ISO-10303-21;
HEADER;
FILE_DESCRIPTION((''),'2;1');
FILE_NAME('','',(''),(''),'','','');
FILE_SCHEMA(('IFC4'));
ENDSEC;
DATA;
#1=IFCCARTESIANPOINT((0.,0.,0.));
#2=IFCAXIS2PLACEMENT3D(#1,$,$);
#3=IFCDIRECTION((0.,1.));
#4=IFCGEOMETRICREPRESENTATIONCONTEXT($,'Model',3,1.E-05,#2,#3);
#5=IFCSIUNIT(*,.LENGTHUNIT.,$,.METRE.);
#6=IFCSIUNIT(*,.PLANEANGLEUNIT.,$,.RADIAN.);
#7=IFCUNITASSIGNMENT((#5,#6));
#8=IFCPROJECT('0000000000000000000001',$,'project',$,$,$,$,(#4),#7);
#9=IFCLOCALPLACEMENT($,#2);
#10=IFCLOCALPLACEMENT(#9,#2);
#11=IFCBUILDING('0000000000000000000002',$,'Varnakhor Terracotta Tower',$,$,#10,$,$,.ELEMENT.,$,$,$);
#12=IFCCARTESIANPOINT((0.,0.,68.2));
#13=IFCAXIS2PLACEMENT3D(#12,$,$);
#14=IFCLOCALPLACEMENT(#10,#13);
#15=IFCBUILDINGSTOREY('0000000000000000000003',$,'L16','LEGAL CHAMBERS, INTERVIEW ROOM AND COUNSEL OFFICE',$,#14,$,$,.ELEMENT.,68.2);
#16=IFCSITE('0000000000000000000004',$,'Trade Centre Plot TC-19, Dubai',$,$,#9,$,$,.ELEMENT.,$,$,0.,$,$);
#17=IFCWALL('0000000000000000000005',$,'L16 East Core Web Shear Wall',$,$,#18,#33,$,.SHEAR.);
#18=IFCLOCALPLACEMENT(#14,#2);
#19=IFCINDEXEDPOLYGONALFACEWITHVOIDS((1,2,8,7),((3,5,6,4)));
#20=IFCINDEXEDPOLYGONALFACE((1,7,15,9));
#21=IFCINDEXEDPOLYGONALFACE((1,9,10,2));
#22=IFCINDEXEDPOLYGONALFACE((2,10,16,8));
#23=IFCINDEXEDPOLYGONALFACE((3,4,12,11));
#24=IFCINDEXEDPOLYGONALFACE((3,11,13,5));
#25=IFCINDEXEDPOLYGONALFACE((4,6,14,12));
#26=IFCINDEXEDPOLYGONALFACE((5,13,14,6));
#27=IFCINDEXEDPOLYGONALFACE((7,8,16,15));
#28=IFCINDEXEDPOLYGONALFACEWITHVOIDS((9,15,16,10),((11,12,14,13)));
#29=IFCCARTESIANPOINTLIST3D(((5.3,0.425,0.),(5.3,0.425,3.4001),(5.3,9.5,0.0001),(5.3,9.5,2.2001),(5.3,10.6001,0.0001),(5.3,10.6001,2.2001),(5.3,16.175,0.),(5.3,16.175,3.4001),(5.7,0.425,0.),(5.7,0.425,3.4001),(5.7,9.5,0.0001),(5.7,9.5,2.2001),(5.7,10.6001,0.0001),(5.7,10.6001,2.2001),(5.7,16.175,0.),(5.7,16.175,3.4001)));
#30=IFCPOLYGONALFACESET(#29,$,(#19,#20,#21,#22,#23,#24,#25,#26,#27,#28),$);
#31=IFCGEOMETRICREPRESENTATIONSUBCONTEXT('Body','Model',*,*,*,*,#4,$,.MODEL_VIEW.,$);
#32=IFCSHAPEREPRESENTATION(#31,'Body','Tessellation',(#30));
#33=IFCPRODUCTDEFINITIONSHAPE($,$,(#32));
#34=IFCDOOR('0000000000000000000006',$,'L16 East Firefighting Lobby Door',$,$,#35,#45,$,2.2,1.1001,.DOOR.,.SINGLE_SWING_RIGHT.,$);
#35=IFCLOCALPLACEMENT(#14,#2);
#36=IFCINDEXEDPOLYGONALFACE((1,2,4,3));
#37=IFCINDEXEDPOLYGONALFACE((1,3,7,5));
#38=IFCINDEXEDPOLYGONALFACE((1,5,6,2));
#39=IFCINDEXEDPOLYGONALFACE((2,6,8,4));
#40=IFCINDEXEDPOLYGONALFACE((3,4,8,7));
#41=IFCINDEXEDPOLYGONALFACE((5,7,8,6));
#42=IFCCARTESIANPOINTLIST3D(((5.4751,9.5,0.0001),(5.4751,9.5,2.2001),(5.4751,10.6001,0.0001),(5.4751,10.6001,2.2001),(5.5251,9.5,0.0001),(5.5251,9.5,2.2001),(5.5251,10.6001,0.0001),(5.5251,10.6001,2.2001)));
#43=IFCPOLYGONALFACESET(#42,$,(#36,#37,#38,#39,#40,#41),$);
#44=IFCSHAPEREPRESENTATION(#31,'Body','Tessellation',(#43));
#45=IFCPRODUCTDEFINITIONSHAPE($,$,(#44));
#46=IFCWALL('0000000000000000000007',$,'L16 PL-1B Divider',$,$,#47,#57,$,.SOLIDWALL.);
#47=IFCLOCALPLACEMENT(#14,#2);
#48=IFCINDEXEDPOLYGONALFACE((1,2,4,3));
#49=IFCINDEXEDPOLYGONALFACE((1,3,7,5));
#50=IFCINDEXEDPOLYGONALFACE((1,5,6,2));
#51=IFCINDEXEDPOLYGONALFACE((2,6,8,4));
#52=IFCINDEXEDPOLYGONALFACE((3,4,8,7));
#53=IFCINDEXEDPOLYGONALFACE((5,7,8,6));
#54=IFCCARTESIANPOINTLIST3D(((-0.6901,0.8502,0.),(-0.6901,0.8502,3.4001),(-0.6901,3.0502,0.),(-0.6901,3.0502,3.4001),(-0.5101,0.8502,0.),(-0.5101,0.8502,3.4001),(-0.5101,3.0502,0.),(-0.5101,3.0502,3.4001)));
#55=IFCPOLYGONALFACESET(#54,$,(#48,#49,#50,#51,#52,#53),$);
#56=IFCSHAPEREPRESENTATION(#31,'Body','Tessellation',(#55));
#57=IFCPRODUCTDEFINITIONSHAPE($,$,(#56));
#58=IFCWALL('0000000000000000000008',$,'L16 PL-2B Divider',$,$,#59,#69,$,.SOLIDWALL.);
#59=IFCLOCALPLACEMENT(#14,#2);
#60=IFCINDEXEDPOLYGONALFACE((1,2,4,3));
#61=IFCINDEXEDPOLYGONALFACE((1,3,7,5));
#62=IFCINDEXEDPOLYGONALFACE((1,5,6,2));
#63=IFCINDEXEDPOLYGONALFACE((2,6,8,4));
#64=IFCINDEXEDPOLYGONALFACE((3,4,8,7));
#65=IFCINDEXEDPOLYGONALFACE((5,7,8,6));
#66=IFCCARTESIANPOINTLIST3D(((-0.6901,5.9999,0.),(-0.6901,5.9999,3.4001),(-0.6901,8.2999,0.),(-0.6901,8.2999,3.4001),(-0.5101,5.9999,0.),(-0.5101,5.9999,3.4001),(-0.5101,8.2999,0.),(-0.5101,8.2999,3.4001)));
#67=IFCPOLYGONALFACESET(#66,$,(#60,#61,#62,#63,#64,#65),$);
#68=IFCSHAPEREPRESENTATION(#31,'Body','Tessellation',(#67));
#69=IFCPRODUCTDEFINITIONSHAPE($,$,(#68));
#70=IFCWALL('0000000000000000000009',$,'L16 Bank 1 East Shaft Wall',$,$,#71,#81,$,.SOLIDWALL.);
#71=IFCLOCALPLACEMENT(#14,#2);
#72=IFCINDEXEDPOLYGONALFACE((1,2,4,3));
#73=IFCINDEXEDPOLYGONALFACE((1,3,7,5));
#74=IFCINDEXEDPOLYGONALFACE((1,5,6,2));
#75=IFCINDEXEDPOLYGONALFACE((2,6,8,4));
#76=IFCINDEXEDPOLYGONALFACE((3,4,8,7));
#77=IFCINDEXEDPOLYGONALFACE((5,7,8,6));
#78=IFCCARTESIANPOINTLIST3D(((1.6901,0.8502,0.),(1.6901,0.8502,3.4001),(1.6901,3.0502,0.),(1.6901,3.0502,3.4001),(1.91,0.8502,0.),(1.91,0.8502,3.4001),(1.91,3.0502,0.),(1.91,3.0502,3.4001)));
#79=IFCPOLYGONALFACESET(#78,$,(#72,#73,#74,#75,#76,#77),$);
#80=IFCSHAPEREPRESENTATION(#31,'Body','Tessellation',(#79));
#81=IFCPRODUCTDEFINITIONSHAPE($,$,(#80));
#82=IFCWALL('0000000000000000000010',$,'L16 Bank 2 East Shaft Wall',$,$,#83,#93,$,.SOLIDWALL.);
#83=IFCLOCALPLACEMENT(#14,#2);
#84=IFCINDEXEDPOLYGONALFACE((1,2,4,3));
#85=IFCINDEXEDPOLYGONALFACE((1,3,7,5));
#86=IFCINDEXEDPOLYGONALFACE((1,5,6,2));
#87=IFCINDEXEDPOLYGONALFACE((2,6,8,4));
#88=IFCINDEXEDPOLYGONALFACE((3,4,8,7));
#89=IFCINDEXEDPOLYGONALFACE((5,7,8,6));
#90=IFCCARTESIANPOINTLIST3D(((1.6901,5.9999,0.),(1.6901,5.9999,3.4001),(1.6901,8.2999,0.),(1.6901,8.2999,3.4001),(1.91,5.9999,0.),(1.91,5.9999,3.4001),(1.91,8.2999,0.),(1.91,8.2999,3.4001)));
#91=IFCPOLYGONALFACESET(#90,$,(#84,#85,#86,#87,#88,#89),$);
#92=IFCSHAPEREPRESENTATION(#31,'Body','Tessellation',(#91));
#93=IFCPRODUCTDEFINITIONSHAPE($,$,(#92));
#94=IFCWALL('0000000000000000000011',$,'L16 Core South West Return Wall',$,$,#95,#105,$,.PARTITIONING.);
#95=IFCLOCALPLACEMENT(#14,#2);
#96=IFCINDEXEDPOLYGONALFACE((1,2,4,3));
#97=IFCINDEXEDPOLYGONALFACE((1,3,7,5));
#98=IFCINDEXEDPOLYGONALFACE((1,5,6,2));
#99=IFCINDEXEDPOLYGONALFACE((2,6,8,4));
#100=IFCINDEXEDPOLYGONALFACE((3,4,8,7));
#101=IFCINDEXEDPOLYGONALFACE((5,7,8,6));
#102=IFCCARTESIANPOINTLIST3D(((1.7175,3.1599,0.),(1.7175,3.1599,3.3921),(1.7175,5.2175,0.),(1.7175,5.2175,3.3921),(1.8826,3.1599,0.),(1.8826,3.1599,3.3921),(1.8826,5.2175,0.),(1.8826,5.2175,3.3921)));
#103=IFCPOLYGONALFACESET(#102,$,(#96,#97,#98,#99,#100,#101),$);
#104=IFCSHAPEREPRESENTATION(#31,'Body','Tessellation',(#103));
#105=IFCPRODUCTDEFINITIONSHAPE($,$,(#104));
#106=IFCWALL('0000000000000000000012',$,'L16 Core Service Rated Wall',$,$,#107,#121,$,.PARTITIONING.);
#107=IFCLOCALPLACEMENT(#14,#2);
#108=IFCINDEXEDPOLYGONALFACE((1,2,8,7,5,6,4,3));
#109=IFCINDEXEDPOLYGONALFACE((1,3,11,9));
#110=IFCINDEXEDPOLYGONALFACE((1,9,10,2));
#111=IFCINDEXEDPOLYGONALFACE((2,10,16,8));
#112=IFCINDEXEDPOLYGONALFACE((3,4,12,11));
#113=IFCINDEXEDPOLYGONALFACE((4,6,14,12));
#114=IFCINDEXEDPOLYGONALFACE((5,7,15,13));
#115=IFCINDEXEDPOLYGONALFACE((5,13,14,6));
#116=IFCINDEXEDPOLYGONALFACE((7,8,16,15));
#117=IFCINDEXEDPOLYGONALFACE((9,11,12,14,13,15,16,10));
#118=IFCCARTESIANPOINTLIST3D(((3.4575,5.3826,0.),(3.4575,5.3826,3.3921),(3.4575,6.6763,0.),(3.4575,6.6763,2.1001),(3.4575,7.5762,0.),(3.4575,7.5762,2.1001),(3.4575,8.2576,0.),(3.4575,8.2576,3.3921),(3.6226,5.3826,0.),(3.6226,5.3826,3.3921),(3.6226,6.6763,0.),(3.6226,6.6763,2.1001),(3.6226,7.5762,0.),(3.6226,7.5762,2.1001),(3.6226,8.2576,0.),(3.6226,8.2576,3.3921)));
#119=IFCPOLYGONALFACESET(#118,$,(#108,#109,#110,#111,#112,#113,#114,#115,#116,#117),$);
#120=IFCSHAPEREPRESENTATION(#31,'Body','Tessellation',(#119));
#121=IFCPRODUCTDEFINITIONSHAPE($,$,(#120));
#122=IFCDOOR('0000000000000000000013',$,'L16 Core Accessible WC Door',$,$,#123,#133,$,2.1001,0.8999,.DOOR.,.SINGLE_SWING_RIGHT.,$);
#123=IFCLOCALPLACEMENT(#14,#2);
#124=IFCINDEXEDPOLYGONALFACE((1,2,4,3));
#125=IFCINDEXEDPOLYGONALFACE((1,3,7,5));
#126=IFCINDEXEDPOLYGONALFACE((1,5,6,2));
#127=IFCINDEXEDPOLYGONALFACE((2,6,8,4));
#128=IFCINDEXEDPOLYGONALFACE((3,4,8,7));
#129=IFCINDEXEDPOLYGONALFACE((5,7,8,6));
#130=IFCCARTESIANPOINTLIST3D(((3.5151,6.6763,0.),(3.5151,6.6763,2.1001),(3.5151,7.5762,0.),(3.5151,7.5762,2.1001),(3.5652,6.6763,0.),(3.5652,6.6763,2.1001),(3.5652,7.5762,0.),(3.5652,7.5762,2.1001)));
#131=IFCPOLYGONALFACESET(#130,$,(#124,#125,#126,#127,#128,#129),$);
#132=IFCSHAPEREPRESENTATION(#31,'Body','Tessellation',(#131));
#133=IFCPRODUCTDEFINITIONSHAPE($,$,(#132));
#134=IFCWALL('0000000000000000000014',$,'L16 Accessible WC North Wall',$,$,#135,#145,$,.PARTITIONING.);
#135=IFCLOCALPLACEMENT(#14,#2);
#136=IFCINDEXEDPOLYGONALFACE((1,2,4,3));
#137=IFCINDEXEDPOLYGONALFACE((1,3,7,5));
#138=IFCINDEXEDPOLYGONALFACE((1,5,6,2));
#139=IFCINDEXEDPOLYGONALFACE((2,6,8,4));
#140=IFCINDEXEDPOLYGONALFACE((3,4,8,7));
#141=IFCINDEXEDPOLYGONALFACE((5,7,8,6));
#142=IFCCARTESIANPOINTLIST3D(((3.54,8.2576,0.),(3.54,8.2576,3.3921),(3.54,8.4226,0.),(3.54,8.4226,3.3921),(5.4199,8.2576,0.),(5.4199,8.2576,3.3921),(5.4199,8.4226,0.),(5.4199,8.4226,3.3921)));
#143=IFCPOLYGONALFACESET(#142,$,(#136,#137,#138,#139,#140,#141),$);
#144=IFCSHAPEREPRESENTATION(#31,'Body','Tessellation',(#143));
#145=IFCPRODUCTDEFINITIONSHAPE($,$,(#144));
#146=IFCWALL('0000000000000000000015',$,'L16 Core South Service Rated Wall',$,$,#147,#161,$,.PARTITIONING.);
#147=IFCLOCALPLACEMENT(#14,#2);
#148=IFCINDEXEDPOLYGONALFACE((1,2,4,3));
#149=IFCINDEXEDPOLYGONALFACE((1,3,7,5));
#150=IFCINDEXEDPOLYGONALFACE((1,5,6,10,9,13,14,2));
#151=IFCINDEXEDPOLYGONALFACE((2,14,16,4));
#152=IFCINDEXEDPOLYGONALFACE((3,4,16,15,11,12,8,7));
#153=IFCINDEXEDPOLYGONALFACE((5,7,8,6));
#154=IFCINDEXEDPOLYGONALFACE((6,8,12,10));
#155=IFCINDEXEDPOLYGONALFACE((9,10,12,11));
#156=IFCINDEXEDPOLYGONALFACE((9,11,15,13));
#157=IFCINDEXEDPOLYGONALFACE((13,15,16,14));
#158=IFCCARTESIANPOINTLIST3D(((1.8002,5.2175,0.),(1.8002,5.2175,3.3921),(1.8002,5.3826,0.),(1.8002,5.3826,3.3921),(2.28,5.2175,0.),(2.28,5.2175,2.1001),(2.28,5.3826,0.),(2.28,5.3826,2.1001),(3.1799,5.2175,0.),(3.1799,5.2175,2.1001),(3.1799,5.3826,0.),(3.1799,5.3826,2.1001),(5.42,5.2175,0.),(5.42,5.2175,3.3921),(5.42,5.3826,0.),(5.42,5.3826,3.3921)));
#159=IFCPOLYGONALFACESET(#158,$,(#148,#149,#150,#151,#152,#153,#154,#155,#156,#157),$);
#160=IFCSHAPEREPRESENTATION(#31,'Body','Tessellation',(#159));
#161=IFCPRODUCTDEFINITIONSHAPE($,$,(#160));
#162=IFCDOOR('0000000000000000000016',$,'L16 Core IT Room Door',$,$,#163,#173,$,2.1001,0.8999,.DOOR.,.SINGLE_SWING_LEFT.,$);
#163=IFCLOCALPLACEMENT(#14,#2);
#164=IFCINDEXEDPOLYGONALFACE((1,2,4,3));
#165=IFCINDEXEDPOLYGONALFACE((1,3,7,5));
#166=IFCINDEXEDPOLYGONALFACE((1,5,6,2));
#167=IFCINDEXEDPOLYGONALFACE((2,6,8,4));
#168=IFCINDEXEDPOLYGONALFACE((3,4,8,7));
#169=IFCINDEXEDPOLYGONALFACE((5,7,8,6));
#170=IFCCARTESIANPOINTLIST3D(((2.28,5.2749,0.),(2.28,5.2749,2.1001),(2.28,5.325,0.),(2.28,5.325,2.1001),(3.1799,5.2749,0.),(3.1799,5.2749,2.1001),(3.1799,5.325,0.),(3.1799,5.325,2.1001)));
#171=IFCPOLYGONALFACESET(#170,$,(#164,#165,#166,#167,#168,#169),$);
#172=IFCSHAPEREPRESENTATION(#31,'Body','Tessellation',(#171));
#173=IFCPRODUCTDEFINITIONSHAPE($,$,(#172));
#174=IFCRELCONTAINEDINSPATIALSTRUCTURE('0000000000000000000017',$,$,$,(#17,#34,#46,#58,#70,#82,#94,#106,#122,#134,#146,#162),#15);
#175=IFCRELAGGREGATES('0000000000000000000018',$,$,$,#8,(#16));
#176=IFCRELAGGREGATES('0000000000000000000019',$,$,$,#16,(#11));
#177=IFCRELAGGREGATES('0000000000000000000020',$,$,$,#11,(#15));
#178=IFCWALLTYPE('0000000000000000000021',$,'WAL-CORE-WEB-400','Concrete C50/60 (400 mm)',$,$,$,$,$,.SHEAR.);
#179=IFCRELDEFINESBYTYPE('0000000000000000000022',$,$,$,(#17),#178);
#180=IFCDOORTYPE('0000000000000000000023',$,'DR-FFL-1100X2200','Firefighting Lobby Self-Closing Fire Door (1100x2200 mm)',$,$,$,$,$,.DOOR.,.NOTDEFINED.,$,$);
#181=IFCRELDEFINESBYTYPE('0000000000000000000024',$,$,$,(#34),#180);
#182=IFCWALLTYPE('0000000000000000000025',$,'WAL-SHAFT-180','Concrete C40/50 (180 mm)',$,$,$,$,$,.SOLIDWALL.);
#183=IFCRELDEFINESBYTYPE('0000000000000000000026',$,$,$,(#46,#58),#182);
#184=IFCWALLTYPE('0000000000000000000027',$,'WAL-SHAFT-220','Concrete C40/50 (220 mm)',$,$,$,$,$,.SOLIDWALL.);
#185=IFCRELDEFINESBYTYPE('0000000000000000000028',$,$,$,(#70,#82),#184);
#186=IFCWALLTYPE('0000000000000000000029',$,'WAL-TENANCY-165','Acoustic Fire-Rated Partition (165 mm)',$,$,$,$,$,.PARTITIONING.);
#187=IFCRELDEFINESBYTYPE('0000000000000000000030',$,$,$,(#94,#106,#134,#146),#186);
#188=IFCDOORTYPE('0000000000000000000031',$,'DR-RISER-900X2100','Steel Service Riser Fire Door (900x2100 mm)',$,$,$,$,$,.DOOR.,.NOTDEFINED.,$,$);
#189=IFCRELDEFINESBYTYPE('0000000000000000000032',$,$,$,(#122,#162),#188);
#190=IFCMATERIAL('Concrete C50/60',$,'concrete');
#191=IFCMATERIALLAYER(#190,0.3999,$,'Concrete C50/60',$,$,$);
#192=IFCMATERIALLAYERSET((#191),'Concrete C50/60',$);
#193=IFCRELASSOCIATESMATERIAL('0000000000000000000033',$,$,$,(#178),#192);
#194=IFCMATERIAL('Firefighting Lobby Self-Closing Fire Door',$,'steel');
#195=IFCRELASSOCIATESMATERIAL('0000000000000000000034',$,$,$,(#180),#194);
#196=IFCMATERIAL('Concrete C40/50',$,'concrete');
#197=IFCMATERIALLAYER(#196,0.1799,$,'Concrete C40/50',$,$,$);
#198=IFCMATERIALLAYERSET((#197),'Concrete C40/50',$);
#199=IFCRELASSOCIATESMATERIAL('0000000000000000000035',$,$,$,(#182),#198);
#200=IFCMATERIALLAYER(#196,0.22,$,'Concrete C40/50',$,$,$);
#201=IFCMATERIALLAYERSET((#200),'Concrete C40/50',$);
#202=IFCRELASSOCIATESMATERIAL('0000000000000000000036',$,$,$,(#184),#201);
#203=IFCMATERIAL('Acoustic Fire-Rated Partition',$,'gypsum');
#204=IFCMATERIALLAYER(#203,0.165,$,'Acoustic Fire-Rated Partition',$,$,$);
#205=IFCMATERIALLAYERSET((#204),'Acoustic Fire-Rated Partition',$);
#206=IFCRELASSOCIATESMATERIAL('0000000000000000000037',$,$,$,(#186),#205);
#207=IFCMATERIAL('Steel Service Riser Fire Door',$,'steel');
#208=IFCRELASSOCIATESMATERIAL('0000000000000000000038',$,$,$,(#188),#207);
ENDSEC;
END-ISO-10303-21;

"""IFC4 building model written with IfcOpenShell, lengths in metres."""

from ifc_helpers import new_model, si_unit, direction, frame, frame_2d, origin, place, context, subcontext, project, spatial, rectangle, extrude, source, transform, mapped, material, layer, layer_set, type_object, type_shapes, element, fill, save


model = new_model("IFC4")

# Units and contexts
model_context = context("Model", 3, precision=1e-05, world=origin(), true_north=direction((0.0, 1.0)))
body_context = subcontext(model_context, "Body", "Model", "MODEL_VIEW")
ifc_project = project(units=[si_unit("LENGTHUNIT", "METRE"), si_unit("PLANEANGLEUNIT", "RADIAN")], contexts=[model_context])

# Site, building, storey
site_placement = place(None, origin())
site = spatial("IfcSite", under=ifc_project, at=site_placement, Name="Trade Centre Plot TC-19, Dubai", CompositionType="ELEMENT", RefElevation=0.0)
building_placement = place(site_placement, origin())
building = spatial("IfcBuilding", under=site, at=building_placement, Name="Varnakhor Terracotta Tower", CompositionType="ELEMENT")
storey_placement = place(building_placement, frame((0.0, 0.0, 68.2)))
storey = spatial("IfcBuildingStorey", under=building, at=storey_placement, Name="L16", Description="LEGAL CHAMBERS, INTERVIEW ROOM AND COUNSEL OFFICE", CompositionType="ELEMENT", Elevation=68.2)

# Shared definitions
ifc_material_1 = material(Name="Concrete C40/50", Category="concrete")

# Wall, opening, door
ifc_material_2 = material(Name="Concrete C50/60", Category="concrete")
ifc_layer_1 = layer(ifc_material_2, 0.3999, Name="Concrete C50/60")
ifc_layer_set_1 = layer_set([ifc_layer_1], Name="Concrete C50/60")
wall_type_1 = type_object("IfcWallType", Name="WAL-CORE-WEB-400", Description="Concrete C50/60 (400 mm)", PredefinedType="SHEAR", material=ifc_layer_set_1)
wall_1_placement = place(storey_placement, frame((5.5, 0.425, 0.0), z_axis=(0.0, 0.0, 1.0), x_axis=(0.0, 1.0, 0.0)))
wall_1 = element("IfcWall", 1, at=wall_1_placement, inside=storey, type_object=wall_type_1, Name="L16 East Core Web Shear Wall", PredefinedType="SHEAR", context=body_context, shape_type="SweptSolid", body=[
    extrude(rectangle(XDim=15.75, YDim=0.3999, at=frame_2d((7.875, 0.0))), origin(), (0.0, 0.0, 1.0), 3.4001),
])
opening_1_placement = place(wall_1_placement, frame((9.075, 0.0, 0.0)))
opening_1 = element("IfcOpeningElement", 2, at=opening_1_placement, cuts=wall_1, PredefinedType="OPENING", context=body_context, shape_type="SweptSolid", body=[
    extrude(rectangle(XDim=1.1001, YDim=2.2, at=frame_2d((0.55, 1.1001))), frame((0.0, 0.21, 0.0), z_axis=(0.0, -1.0, 0.0), x_axis=(1.0, 0.0, 0.0)), (0.0, 0.0, 1.0), 0.4199),
])
ifc_material_3 = material(Name="Firefighting Lobby Self-Closing Fire Door", Category="steel")
door_type_1 = type_object("IfcDoorType", Name="DR-FFL-1100X2200", Description="Firefighting Lobby Self-Closing Fire Door (1100x2200 mm)", OperationType="NOTDEFINED", PredefinedType="DOOR", material=ifc_material_3)
shared_shape_1 = source(origin(), body_context, "Body", "SweptSolid", [
    extrude(rectangle(XDim=1.1001, YDim=2.2, at=frame_2d((0.55, 1.1001))), frame((0.0, 0.0249, 0.0), z_axis=(0.0, -1.0, 0.0), x_axis=(1.0, 0.0, 0.0)), (0.0, 0.0, 1.0), 0.05),
])
type_shapes(door_type_1, [shared_shape_1])
door_1_placement = place(opening_1_placement, origin())
door_1 = element("IfcDoor", 3, at=door_1_placement, inside=storey, type_object=door_type_1, Name="L16 East Firefighting Lobby Door", OperationType="SINGLE_SWING_RIGHT", OverallHeight=2.2, OverallWidth=1.1001, PredefinedType="DOOR", context=body_context, shape_type="MappedRepresentation", body=[
    mapped(shared_shape_1, transform((0.0, 0.0, 0.0), scale=1.0)),
])
fill(opening_1, door_1)

# Walls
ifc_layer_2 = layer(ifc_material_1, 0.1799, Name="Concrete C40/50")
ifc_layer_set_2 = layer_set([ifc_layer_2], Name="Concrete C40/50")
wall_type_2 = type_object("IfcWallType", Name="WAL-SHAFT-180", Description="Concrete C40/50 (180 mm)", PredefinedType="SOLIDWALL", material=ifc_layer_set_2)
wall_2_placement = place(storey_placement, frame((-0.6001, 0.8501, 0.0), z_axis=(0.0, 0.0, 1.0), x_axis=(0.0, 1.0, 0.0)))
element("IfcWall", 4, at=wall_2_placement, inside=storey, type_object=wall_type_2, Name="L16 PL-1B Divider", PredefinedType="SOLIDWALL", context=body_context, shape_type="SweptSolid", body=[
    extrude(rectangle(XDim=2.2, YDim=0.1799, at=frame_2d((1.1001, 0.0))), origin(), (0.0, 0.0, 1.0), 3.4001),
])
wall_3_placement = place(storey_placement, frame((-0.6001, 6.0, 0.0), z_axis=(0.0, 0.0, 1.0), x_axis=(0.0, 1.0, 0.0)))
element("IfcWall", 5, at=wall_3_placement, inside=storey, type_object=wall_type_2, Name="L16 PL-2B Divider", PredefinedType="SOLIDWALL", context=body_context, shape_type="SweptSolid", body=[
    extrude(rectangle(XDim=2.3, YDim=0.1799, at=frame_2d((1.1499, 0.0))), origin(), (0.0, 0.0, 1.0), 3.4001),
])
ifc_layer_3 = layer(ifc_material_1, 0.22, Name="Concrete C40/50")
ifc_layer_set_3 = layer_set([ifc_layer_3], Name="Concrete C40/50")
wall_type_3 = type_object("IfcWallType", Name="WAL-SHAFT-220", Description="Concrete C40/50 (220 mm)", PredefinedType="SOLIDWALL", material=ifc_layer_set_3)
wall_4_placement = place(storey_placement, frame((1.8, 0.8501, 0.0), z_axis=(0.0, 0.0, 1.0), x_axis=(0.0, 1.0, 0.0)))
element("IfcWall", 6, at=wall_4_placement, inside=storey, type_object=wall_type_3, Name="L16 Bank 1 East Shaft Wall", PredefinedType="SOLIDWALL", context=body_context, shape_type="SweptSolid", body=[
    extrude(rectangle(XDim=2.2, YDim=0.22, at=frame_2d((1.1001, 0.0))), origin(), (0.0, 0.0, 1.0), 3.4001),
])
wall_5_placement = place(storey_placement, frame((1.8, 6.0, 0.0), z_axis=(0.0, 0.0, 1.0), x_axis=(0.0, 1.0, 0.0)))
element("IfcWall", 7, at=wall_5_placement, inside=storey, type_object=wall_type_3, Name="L16 Bank 2 East Shaft Wall", PredefinedType="SOLIDWALL", context=body_context, shape_type="SweptSolid", body=[
    extrude(rectangle(XDim=2.3, YDim=0.22, at=frame_2d((1.1499, 0.0))), origin(), (0.0, 0.0, 1.0), 3.4001),
])
ifc_material_4 = material(Name="Acoustic Fire-Rated Partition", Category="gypsum")
ifc_layer_4 = layer(ifc_material_4, 0.165, Name="Acoustic Fire-Rated Partition")
ifc_layer_set_4 = layer_set([ifc_layer_4], Name="Acoustic Fire-Rated Partition")
wall_type_4 = type_object("IfcWallType", Name="WAL-TENANCY-165", Description="Acoustic Fire-Rated Partition (165 mm)", PredefinedType="PARTITIONING", material=ifc_layer_set_4)
wall_6_placement = place(storey_placement, frame((1.8, 3.1599, 0.0), z_axis=(0.0, 0.0, 1.0), x_axis=(0.0, 1.0, 0.0)))
element("IfcWall", 8, at=wall_6_placement, inside=storey, type_object=wall_type_4, Name="L16 Core South West Return Wall", PredefinedType="PARTITIONING", context=body_context, shape_type="SweptSolid", body=[
    extrude(rectangle(XDim=2.0576, YDim=0.165, at=frame_2d((1.0288, 0.0))), origin(), (0.0, 0.0, 1.0), 3.3921),
])

# Wall, opening, door
wall_7_placement = place(storey_placement, frame((3.54, 5.3826, 0.0), z_axis=(0.0, 0.0, 1.0), x_axis=(0.0, 1.0, 0.0)))
wall_7 = element("IfcWall", 9, at=wall_7_placement, inside=storey, type_object=wall_type_4, Name="L16 Core Service Rated Wall", PredefinedType="PARTITIONING", context=body_context, shape_type="SweptSolid", body=[
    extrude(rectangle(XDim=2.875, YDim=0.165, at=frame_2d((1.4375, 0.0))), origin(), (0.0, 0.0, 1.0), 3.3921),
])
opening_2_placement = place(wall_7_placement, frame((1.2937, 0.0, 0.0)))
opening_2 = element("IfcOpeningElement", 10, at=opening_2_placement, cuts=wall_7, PredefinedType="OPENING", context=body_context, shape_type="SweptSolid", body=[
    extrude(rectangle(XDim=0.8999, YDim=2.1001, at=frame_2d((0.45, 1.05))), frame((0.0, 0.0925, 0.0), z_axis=(0.0, -1.0, 0.0), x_axis=(1.0, 0.0, 0.0)), (0.0, 0.0, 1.0), 0.1851),
])
ifc_material_5 = material(Name="Steel Service Riser Fire Door", Category="steel")
door_type_2 = type_object("IfcDoorType", Name="DR-RISER-900X2100", Description="Steel Service Riser Fire Door (900x2100 mm)", OperationType="NOTDEFINED", PredefinedType="DOOR", material=ifc_material_5)
shared_shape_2 = source(origin(), body_context, "Body", "SweptSolid", [
    extrude(rectangle(XDim=0.8999, YDim=2.1001, at=frame_2d((0.45, 1.05))), frame((0.0, 0.0249, 0.0), z_axis=(0.0, -1.0, 0.0), x_axis=(1.0, 0.0, 0.0)), (0.0, 0.0, 1.0), 0.05),
])
type_shapes(door_type_2, [shared_shape_2])
door_2_placement = place(opening_2_placement, origin())
door_2 = element("IfcDoor", 11, at=door_2_placement, inside=storey, type_object=door_type_2, Name="L16 Core Accessible WC Door", OperationType="SINGLE_SWING_RIGHT", OverallHeight=2.1001, OverallWidth=0.8999, PredefinedType="DOOR", context=body_context, shape_type="MappedRepresentation", body=[
    mapped(shared_shape_2, transform((0.0, 0.0, 0.0), scale=1.0)),
])
fill(opening_2, door_2)

# Wall
wall_8_placement = place(storey_placement, frame((3.54, 8.3401, 0.0), z_axis=(0.0, 0.0, 1.0), x_axis=(1.0, 0.0, 0.0)))
element("IfcWall", 12, at=wall_8_placement, inside=storey, type_object=wall_type_4, Name="L16 Accessible WC North Wall", PredefinedType="PARTITIONING", context=body_context, shape_type="SweptSolid", body=[
    extrude(rectangle(XDim=1.8799, YDim=0.165, at=frame_2d((0.9399, 0.0))), origin(), (0.0, 0.0, 1.0), 3.3921),
])

# Wall, opening, door
wall_9_placement = place(storey_placement, frame((1.8, 5.3, 0.0), z_axis=(0.0, 0.0, 1.0), x_axis=(1.0, 0.0, 0.0)))
wall_9 = element("IfcWall", 13, at=wall_9_placement, inside=storey, type_object=wall_type_4, Name="L16 Core South Service Rated Wall", PredefinedType="PARTITIONING", context=body_context, shape_type="SweptSolid", body=[
    extrude(rectangle(XDim=3.6199, YDim=0.165, at=frame_2d((1.8101, 0.0))), origin(), (0.0, 0.0, 1.0), 3.3921),
])
opening_3_placement = place(wall_9_placement, frame((0.48, 0.0, 0.0)))
opening_3 = element("IfcOpeningElement", 14, at=opening_3_placement, cuts=wall_9, PredefinedType="OPENING", context=body_context, shape_type="SweptSolid", body=[
    extrude(rectangle(XDim=0.8999, YDim=2.1001, at=frame_2d((0.45, 1.05))), frame((0.0, 0.0925, 0.0), z_axis=(0.0, -1.0, 0.0), x_axis=(1.0, 0.0, 0.0)), (0.0, 0.0, 1.0), 0.1851),
])
door_3_placement = place(opening_3_placement, origin())
door_3 = element("IfcDoor", 15, at=door_3_placement, inside=storey, type_object=door_type_2, Name="L16 Core IT Room Door", OperationType="SINGLE_SWING_LEFT", OverallHeight=2.1001, OverallWidth=0.8999, PredefinedType="DOOR", context=body_context, shape_type="MappedRepresentation", body=[
    mapped(shared_shape_2, transform((0.0, 0.0, 0.0), scale=1.0)),
])
fill(opening_3, door_3)

save(model, "model.ifc")
